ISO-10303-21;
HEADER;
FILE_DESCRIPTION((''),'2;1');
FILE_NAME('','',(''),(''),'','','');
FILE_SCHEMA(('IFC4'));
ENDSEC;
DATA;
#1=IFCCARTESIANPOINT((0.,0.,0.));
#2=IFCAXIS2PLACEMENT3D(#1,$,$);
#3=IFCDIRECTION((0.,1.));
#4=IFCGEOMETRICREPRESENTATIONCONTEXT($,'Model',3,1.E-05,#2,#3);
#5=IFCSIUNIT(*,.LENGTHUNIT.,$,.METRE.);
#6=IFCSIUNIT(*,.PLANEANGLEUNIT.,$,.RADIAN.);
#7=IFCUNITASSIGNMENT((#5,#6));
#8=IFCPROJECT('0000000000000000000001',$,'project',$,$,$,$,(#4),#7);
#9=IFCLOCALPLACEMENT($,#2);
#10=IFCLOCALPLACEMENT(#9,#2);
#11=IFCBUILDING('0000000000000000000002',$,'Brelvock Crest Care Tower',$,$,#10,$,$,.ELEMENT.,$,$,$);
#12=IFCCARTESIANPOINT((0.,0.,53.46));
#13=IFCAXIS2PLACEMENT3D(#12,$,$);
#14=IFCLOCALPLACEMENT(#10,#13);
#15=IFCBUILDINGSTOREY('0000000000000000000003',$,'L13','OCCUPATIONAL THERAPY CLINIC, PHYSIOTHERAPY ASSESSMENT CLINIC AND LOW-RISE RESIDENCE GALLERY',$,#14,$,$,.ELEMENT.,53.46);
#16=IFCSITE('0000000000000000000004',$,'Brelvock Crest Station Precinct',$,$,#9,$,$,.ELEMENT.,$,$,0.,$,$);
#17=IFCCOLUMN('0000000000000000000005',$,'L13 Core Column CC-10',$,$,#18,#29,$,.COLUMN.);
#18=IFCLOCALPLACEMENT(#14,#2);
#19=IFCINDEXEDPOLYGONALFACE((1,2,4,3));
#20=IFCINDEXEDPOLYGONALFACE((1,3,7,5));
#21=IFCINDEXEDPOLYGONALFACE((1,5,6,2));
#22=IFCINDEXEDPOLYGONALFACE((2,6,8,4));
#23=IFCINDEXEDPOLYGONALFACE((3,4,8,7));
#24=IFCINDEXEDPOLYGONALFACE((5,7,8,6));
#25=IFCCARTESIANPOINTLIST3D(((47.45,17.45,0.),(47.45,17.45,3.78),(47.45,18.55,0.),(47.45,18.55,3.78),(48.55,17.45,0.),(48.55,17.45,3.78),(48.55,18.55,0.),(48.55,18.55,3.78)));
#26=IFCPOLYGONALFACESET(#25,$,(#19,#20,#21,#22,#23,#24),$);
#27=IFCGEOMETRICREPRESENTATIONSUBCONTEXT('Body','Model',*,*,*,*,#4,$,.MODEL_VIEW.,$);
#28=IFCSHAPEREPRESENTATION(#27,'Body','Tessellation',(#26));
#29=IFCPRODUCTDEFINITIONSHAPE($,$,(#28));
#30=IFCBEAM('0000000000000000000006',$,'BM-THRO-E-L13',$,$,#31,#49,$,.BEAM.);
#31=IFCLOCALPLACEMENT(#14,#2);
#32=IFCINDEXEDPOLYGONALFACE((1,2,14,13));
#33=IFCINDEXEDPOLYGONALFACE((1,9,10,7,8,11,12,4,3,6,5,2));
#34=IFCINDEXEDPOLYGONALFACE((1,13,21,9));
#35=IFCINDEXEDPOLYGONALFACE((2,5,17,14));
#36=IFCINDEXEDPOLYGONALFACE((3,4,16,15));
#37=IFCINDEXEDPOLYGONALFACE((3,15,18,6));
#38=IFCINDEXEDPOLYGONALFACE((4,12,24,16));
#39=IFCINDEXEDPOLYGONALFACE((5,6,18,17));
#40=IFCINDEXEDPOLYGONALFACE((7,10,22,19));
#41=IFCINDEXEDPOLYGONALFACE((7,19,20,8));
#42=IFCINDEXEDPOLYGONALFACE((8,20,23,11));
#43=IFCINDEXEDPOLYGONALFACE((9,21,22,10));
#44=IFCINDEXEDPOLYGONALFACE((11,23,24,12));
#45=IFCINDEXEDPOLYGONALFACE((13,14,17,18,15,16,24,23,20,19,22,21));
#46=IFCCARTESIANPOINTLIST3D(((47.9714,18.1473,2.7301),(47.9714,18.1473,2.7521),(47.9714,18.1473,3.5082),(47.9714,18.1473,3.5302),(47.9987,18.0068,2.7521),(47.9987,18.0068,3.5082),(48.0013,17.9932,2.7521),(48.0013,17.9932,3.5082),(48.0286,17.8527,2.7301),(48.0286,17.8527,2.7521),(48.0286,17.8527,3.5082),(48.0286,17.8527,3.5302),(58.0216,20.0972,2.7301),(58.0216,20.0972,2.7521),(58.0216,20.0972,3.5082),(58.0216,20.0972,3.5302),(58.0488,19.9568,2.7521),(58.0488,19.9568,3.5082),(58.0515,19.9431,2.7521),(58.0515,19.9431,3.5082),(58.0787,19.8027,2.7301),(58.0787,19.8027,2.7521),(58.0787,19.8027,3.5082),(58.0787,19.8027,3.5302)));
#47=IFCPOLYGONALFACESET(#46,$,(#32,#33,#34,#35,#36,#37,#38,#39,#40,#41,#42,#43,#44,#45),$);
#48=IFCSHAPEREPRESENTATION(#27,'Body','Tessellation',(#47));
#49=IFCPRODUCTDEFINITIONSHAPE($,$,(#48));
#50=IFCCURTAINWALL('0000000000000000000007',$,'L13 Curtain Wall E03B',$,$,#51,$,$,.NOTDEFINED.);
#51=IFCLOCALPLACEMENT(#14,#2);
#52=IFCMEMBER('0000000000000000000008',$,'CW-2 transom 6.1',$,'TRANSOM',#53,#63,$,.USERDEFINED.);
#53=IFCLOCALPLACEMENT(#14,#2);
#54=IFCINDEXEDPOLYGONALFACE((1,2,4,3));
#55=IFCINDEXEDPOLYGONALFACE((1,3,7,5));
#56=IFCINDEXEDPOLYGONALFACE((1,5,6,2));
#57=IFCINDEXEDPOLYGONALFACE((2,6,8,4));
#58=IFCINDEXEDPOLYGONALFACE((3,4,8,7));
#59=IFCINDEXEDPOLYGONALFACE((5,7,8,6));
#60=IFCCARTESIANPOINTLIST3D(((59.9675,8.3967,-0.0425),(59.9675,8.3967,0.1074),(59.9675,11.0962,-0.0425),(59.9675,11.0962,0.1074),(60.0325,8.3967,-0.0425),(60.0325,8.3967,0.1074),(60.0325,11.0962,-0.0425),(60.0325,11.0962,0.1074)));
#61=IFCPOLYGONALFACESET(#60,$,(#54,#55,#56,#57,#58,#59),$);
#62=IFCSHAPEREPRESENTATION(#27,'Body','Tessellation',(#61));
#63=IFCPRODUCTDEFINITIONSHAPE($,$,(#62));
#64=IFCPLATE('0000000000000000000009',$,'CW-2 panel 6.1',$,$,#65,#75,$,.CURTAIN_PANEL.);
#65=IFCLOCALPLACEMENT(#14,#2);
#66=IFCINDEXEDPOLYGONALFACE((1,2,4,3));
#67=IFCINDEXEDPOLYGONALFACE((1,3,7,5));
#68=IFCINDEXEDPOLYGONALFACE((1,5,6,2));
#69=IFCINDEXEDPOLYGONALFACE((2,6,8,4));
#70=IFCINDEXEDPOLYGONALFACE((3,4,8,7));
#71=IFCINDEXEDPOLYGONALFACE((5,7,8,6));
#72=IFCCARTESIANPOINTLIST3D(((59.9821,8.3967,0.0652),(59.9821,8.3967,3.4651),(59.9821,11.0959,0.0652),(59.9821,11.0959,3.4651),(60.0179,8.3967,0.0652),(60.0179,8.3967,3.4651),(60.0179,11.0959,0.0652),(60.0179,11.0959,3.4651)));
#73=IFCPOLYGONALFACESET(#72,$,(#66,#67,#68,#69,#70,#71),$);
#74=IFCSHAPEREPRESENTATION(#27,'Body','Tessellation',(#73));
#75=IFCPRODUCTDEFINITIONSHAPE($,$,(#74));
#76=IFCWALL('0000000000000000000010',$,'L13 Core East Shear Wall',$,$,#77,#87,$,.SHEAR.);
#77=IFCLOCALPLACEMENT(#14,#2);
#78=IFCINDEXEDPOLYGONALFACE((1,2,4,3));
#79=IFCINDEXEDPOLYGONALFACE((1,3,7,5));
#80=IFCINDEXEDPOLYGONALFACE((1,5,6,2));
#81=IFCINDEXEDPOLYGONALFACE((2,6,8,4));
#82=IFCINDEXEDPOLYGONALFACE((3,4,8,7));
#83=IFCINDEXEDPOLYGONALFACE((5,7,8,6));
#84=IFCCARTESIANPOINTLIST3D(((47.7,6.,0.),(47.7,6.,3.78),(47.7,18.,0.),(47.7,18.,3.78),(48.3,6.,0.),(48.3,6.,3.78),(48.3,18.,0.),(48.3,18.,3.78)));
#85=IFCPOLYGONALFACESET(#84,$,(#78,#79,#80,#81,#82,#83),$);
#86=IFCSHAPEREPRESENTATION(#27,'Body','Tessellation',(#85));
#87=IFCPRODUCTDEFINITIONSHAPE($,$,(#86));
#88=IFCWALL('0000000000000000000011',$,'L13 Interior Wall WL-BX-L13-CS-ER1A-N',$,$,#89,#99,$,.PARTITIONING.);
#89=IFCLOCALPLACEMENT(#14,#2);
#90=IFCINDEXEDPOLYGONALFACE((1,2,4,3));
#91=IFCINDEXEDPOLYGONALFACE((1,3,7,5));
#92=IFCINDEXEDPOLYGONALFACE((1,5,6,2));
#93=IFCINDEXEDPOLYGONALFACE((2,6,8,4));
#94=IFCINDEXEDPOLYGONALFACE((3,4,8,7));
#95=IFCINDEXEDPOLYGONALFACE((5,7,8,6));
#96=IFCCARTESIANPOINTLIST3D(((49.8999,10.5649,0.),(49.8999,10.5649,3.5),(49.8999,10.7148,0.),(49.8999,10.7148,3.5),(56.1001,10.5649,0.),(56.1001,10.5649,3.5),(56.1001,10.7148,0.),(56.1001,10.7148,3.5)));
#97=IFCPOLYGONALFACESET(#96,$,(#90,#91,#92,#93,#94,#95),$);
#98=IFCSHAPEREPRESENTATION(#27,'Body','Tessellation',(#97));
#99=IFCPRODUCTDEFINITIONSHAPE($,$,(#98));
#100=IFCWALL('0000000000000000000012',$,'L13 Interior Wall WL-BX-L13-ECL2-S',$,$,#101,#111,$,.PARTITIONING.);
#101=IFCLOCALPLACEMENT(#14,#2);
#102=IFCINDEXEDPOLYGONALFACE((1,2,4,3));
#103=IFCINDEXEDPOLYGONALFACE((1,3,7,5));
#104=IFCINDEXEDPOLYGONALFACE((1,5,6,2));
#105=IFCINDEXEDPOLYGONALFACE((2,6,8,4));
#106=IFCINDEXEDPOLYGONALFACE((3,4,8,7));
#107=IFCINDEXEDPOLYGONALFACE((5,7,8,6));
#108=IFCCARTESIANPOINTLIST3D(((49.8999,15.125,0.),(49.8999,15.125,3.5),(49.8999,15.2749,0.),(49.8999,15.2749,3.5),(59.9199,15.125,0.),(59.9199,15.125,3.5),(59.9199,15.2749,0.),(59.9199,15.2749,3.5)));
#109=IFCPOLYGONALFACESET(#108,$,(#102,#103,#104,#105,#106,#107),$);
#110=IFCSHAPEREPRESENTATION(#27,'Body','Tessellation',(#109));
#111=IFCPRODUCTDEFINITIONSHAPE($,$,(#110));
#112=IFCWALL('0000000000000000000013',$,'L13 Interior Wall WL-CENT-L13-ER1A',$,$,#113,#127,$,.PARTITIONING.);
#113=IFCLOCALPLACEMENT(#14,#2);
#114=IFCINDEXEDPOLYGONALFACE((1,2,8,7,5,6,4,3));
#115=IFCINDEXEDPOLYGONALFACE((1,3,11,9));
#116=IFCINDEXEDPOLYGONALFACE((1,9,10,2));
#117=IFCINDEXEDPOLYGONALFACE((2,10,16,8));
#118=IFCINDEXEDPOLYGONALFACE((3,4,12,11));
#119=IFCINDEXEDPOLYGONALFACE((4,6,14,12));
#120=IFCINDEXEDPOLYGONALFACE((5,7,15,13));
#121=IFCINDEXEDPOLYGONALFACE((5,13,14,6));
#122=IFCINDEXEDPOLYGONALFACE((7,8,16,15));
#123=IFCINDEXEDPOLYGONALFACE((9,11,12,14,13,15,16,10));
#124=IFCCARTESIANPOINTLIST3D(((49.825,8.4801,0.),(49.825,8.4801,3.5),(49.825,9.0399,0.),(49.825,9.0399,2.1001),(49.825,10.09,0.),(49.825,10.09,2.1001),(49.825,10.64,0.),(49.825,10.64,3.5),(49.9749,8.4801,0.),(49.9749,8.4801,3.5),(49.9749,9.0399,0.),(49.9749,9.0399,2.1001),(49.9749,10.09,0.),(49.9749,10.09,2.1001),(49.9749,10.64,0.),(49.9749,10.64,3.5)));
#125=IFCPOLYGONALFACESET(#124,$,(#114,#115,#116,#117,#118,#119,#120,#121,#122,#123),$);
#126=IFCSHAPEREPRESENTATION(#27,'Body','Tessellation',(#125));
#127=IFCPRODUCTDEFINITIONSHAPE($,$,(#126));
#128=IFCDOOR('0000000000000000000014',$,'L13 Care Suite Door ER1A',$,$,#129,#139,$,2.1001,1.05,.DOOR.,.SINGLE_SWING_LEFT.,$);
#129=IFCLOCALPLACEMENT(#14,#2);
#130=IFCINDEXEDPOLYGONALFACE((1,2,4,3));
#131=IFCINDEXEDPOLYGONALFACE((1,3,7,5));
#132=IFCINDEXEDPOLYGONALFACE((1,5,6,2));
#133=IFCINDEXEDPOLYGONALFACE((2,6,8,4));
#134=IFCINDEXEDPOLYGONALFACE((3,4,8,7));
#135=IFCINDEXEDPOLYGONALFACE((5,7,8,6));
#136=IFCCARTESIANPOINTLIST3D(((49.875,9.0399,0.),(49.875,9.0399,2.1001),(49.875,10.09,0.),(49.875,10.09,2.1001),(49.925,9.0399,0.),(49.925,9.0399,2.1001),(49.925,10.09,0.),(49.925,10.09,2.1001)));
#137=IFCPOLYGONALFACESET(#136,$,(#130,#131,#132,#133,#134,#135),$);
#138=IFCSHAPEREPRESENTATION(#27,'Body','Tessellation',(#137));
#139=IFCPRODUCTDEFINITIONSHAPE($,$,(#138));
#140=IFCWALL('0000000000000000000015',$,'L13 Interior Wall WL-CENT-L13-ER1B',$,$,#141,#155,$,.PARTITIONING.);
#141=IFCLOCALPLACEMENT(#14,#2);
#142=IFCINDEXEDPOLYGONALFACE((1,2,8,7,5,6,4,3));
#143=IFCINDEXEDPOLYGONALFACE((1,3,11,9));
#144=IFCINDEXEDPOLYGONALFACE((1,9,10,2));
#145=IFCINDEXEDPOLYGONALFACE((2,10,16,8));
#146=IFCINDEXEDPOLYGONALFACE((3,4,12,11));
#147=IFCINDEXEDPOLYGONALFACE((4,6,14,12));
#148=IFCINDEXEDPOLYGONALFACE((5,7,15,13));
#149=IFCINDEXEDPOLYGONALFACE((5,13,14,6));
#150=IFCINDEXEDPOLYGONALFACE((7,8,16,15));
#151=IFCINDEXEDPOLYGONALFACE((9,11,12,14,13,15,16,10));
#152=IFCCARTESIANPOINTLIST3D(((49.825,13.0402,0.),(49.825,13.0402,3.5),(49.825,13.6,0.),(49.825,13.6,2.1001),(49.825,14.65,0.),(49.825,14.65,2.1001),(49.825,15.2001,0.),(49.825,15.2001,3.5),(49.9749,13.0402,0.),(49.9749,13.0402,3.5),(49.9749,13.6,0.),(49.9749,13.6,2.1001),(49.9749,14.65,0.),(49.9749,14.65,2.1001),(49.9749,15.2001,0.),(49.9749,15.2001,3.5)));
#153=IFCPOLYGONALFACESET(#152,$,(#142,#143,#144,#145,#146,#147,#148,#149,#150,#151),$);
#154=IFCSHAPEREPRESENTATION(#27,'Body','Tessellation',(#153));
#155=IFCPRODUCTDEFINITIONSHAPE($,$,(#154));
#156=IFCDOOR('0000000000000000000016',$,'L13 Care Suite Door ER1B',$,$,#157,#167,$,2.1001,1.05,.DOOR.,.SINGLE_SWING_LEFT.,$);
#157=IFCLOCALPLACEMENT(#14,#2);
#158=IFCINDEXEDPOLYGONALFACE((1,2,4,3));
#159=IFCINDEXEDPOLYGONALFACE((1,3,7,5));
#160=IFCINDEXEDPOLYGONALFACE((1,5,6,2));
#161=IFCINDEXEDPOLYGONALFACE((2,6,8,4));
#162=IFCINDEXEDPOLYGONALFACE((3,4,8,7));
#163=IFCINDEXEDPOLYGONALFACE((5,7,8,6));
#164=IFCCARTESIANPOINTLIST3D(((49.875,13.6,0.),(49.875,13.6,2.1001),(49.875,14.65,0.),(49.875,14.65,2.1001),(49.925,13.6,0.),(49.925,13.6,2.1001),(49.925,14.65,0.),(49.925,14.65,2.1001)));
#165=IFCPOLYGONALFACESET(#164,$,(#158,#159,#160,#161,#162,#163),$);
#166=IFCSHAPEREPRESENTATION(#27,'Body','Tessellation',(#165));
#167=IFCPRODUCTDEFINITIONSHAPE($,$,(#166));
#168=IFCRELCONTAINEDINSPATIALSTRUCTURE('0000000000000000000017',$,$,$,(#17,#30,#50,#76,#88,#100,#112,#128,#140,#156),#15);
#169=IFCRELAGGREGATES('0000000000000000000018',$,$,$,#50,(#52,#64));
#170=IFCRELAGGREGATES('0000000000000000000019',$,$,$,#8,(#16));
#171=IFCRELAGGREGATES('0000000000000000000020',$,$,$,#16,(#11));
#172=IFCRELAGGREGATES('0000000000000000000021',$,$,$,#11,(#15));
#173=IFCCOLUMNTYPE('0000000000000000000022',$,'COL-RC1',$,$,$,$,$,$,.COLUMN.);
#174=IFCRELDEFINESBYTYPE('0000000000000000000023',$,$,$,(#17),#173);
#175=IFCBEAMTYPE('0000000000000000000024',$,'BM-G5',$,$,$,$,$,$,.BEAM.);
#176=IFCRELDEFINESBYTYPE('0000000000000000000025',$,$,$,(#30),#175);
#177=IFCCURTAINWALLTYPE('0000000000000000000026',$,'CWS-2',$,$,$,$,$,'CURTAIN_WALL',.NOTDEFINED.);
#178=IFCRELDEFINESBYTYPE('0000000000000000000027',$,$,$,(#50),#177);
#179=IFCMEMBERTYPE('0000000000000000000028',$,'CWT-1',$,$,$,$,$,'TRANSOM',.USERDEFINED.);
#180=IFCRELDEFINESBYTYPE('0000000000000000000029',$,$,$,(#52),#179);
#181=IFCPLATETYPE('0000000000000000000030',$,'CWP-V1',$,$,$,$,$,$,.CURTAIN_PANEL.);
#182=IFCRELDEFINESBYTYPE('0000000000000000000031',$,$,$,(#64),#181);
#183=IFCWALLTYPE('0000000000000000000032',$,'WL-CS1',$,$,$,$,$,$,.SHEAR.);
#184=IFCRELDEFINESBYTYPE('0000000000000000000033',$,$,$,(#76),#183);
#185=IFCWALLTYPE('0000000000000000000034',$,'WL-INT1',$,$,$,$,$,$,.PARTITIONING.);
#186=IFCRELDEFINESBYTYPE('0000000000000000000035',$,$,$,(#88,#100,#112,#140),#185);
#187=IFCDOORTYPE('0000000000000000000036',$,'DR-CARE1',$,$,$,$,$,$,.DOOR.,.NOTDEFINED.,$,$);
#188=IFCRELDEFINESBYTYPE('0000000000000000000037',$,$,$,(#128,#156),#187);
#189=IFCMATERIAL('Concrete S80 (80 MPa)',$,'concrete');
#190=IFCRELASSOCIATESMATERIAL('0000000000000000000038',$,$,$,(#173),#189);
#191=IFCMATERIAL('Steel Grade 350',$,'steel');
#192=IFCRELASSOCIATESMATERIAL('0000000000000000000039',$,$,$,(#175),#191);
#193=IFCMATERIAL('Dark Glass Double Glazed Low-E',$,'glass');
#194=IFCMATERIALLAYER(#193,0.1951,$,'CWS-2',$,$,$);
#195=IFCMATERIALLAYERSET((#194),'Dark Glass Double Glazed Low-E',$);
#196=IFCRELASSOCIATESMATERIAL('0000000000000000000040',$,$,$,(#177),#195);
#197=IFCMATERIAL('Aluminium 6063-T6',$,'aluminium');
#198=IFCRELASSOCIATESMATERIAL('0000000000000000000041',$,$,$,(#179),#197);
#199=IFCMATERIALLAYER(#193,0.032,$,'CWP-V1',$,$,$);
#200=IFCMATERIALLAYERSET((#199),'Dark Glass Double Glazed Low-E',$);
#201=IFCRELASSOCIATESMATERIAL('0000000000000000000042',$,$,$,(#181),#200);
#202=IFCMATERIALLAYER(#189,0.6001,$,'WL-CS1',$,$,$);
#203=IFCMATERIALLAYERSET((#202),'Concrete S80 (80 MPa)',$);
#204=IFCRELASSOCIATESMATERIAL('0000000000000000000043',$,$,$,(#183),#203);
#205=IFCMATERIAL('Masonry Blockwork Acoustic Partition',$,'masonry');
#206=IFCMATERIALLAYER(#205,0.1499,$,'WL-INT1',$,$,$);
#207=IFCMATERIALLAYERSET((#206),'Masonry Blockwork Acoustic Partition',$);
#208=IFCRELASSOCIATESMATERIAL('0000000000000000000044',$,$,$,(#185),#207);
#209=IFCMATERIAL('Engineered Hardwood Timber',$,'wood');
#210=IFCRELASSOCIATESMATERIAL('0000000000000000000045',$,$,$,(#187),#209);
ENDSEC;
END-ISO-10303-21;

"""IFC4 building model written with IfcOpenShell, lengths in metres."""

from ifc_helpers import new_model, si_unit, direction, frame, frame_2d, origin, origin_2d, place, context, subcontext, project, spatial, rectangle, i_section, extrude, source, transform, mapped, material, layer, layer_set, material_profile, profile_set, type_object, element, fill, aggregate, save


model = new_model("IFC4")

# Units and contexts
model_context = context("Model", 3, precision=1e-05, world=origin(), true_north=direction((0.0, 1.0)))
body_context = subcontext(model_context, "Body", "Model", "MODEL_VIEW")
ifc_project = project(units=[si_unit("LENGTHUNIT", "METRE"), si_unit("PLANEANGLEUNIT", "RADIAN")], contexts=[model_context])

# Site, building, storey
site_placement = place(None, origin())
site = spatial("IfcSite", under=ifc_project, at=site_placement, Name="Brelvock Crest Station Precinct", CompositionType="ELEMENT", RefElevation=0.0)
building_placement = place(site_placement, origin())
building = spatial("IfcBuilding", under=site, at=building_placement, Name="Brelvock Crest Care Tower", CompositionType="ELEMENT")
storey_placement = place(building_placement, frame((0.0, 0.0, 53.46)))
storey = spatial("IfcBuildingStorey", under=building, at=storey_placement, Name="L13", Description="OCCUPATIONAL THERAPY CLINIC, PHYSIOTHERAPY ASSESSMENT CLINIC AND LOW-RISE RESIDENCE GALLERY", CompositionType="ELEMENT", Elevation=53.46)

# Column
ifc_material_1 = material(Name="Concrete S80 (80 MPa)", Category="concrete")
ifc_material_profile_1 = material_profile(ifc_material_1, rectangle(XDim=1.1001, YDim=1.1001, at=origin_2d()), Name="RC1100x1100")
ifc_profile_set_1 = profile_set([ifc_material_profile_1], Name="Concrete S80 (80 MPa)")
column_type = type_object("IfcColumnType", Name="COL-RC1", PredefinedType="COLUMN", material=ifc_profile_set_1)
shared_shape_1 = source(origin(), body_context, "Body", "SweptSolid", [
    extrude(rectangle(XDim=1.1001, YDim=1.1001, at=origin_2d()), origin(), (0.0, 0.0, 1.0), 3.78),
])
column_placement = place(storey_placement, frame((48.0, 18.0, 0.0), z_axis=(0.0, 0.0, 1.0), x_axis=(1.0, 0.0, 0.0)))
element("IfcColumn", 1, at=column_placement, inside=storey, type_object=column_type, Name="L13 Core Column CC-10", PredefinedType="COLUMN", context=body_context, shape_type="MappedRepresentation", body=[
    mapped(shared_shape_1, transform((0.0, 0.0, 0.0), x_axis=(1.0, 0.0, 0.0), y_axis=(0.0, 1.0, 0.0), z_axis=(0.0, 0.0, 1.0), scale=1.0)),
])

# Beam
ifc_material_2 = material(Name="Steel Grade 350", Category="steel")
ifc_material_profile_2 = material_profile(ifc_material_2, i_section(OverallWidth=0.3, OverallDepth=0.8, WebThickness=0.0139, FlangeThickness=0.022, at=origin_2d()), Name="800WB192")
ifc_profile_set_2 = profile_set([ifc_material_profile_2], Name="Steel Grade 350")
beam_type = type_object("IfcBeamType", Name="BM-G5", PredefinedType="BEAM", material=ifc_profile_set_2)
shared_shape_2 = source(origin(), body_context, "Body", "SweptSolid", [
    extrude(i_section(OverallWidth=0.3, OverallDepth=0.8, WebThickness=0.0139, FlangeThickness=0.022, at=origin_2d()), origin(), (0.0, 0.0, 1.0), 10.2375),
])
beam_placement = place(storey_placement, frame((48.0, 18.0, 3.1301), z_axis=(0.981693, 0.190472, 0.0), x_axis=(-0.190472, 0.981693, 0.0)))
element("IfcBeam", 2, at=beam_placement, inside=storey, type_object=beam_type, Name="BM-THRO-E-L13", PredefinedType="BEAM", context=body_context, shape_type="MappedRepresentation", body=[
    mapped(shared_shape_2, transform((0.0, 0.0, 0.0), x_axis=(1.0, 0.0, 0.0), y_axis=(0.0, 1.0, 0.0), z_axis=(0.0, 0.0, 1.0), scale=1.0)),
])

# Curtain wall, member, plate
ifc_material_3 = material(Name="Dark Glass Double Glazed Low-E", Category="glass")
ifc_layer_1 = layer(ifc_material_3, 0.1951, Name="CWS-2")
ifc_layer_set_1 = layer_set([ifc_layer_1], Name="Dark Glass Double Glazed Low-E")
curtain_wall_type = type_object("IfcCurtainWallType", Name="CWS-2", ElementType="CURTAIN_WALL", PredefinedType="NOTDEFINED", material=ifc_layer_set_1)
curtain_wall_placement = place(storey_placement, origin())
curtain_wall = element("IfcCurtainWall", 3, at=curtain_wall_placement, inside=storey, type_object=curtain_wall_type, Name="L13 Curtain Wall E03B", PredefinedType="NOTDEFINED")
ifc_material_4 = material(Name="Aluminium 6063-T6", Category="aluminium")
ifc_material_profile_3 = material_profile(ifc_material_4, rectangle(XDim=0.0649, YDim=0.1499, at=origin_2d()), Name="ALU65x150")
ifc_profile_set_3 = profile_set([ifc_material_profile_3], Name="Aluminium 6063-T6")
member_type = type_object("IfcMemberType", Name="CWT-1", ElementType="TRANSOM", PredefinedType="USERDEFINED", material=ifc_profile_set_3)
shared_shape_3 = source(origin(), body_context, "Body", "SweptSolid", [
    extrude(rectangle(XDim=0.0649, YDim=0.1499, at=origin_2d()), origin(), (0.0, 0.0, 1.0), 2.6995),
])
member_placement = place(storey_placement, frame((60.0, 11.0962, 0.0325), z_axis=(0.0, -1.0, 0.0), x_axis=(1.0, 0.0, 0.0)))
member = element("IfcMember", 4, at=member_placement, type_object=member_type, Name="CW-2 transom 6.1", ObjectType="TRANSOM", PredefinedType="USERDEFINED", context=body_context, shape_type="MappedRepresentation", body=[
    mapped(shared_shape_3, transform((0.0, 0.0, 0.0), x_axis=(1.0, 0.0, 0.0), y_axis=(0.0, 1.0, 0.0), z_axis=(0.0, 0.0, 1.0), scale=1.0)),
])
ifc_layer_2 = layer(ifc_material_3, 0.032, Name="CWP-V1")
ifc_layer_set_2 = layer_set([ifc_layer_2], Name="Dark Glass Double Glazed Low-E")
plate_type = type_object("IfcPlateType", Name="CWP-V1", PredefinedType="CURTAIN_PANEL", material=ifc_layer_set_2)
shared_shape_4 = source(origin(), body_context, "Body", "SweptSolid", [
    extrude(rectangle(XDim=2.6992, YDim=0.0359, at=origin_2d()), origin(), (0.0, 0.0, 1.0), 3.3999),
])
plate_placement = place(storey_placement, frame((60.0, 9.7463, 0.0652), z_axis=(0.0, 0.0, 1.0), x_axis=(0.0, -1.0, 0.0)))
plate = element("IfcPlate", 5, at=plate_placement, type_object=plate_type, Name="CW-2 panel 6.1", PredefinedType="CURTAIN_PANEL", context=body_context, shape_type="MappedRepresentation", body=[
    mapped(shared_shape_4, transform((0.0, 0.0, 0.0), x_axis=(1.0, 0.0, 0.0), y_axis=(0.0, 1.0, 0.0), z_axis=(0.0, 0.0, 1.0), scale=1.0)),
])
aggregate(curtain_wall, [member, plate])

# Walls
ifc_layer_3 = layer(ifc_material_1, 0.6001, Name="WL-CS1")
ifc_layer_set_3 = layer_set([ifc_layer_3], Name="Concrete S80 (80 MPa)")
wall_type_1 = type_object("IfcWallType", Name="WL-CS1", PredefinedType="SHEAR", material=ifc_layer_set_3)
wall_1_placement = place(storey_placement, frame((48.0, 18.0, 0.0), z_axis=(0.0, 0.0, 1.0), x_axis=(0.0, -1.0, 0.0)))
element("IfcWall", 6, at=wall_1_placement, inside=storey, type_object=wall_type_1, Name="L13 Core East Shear Wall", PredefinedType="SHEAR", context=body_context, shape_type="SweptSolid", body=[
    extrude(rectangle(XDim=12.0, YDim=0.6001, at=frame_2d((6.0, 0.0))), origin(), (0.0, 0.0, 1.0), 3.78),
])
ifc_material_5 = material(Name="Masonry Blockwork Acoustic Partition", Category="masonry")
ifc_layer_4 = layer(ifc_material_5, 0.1499, Name="WL-INT1")
ifc_layer_set_4 = layer_set([ifc_layer_4], Name="Masonry Blockwork Acoustic Partition")
wall_type_2 = type_object("IfcWallType", Name="WL-INT1", PredefinedType="PARTITIONING", material=ifc_layer_set_4)
wall_2_placement = place(storey_placement, frame((49.8999, 10.6399, 0.0), z_axis=(0.0, 0.0, 1.0), x_axis=(1.0, 0.0, 0.0)))
element("IfcWall", 7, at=wall_2_placement, inside=storey, type_object=wall_type_2, Name="L13 Interior Wall WL-BX-L13-CS-ER1A-N", PredefinedType="PARTITIONING", context=body_context, shape_type="SweptSolid", body=[
    extrude(rectangle(XDim=6.2002, YDim=0.1499, at=frame_2d((3.1001, 0.0))), origin(), (0.0, 0.0, 1.0), 3.5),
])
wall_3_placement = place(storey_placement, frame((49.8999, 15.2, 0.0), z_axis=(0.0, 0.0, 1.0), x_axis=(1.0, 0.0, 0.0)))
element("IfcWall", 8, at=wall_3_placement, inside=storey, type_object=wall_type_2, Name="L13 Interior Wall WL-BX-L13-ECL2-S", PredefinedType="PARTITIONING", context=body_context, shape_type="SweptSolid", body=[
    extrude(rectangle(XDim=10.02, YDim=0.1499, at=frame_2d((5.01, 0.0))), origin(), (0.0, 0.0, 1.0), 3.5),
])

# Walls, openings, doors
wall_4_placement = place(storey_placement, frame((49.8999, 8.48, 0.0), z_axis=(0.0, 0.0, 1.0), x_axis=(0.0, 1.0, 0.0)))
wall_4 = element("IfcWall", 9, at=wall_4_placement, inside=storey, type_object=wall_type_2, Name="L13 Interior Wall WL-CENT-L13-ER1A", PredefinedType="PARTITIONING", context=body_context, shape_type="SweptSolid", body=[
    extrude(rectangle(XDim=2.1599, YDim=0.1499, at=frame_2d((1.0801, 0.0))), origin(), (0.0, 0.0, 1.0), 3.5),
])
opening_1_placement = place(wall_4_placement, frame((0.5601, 0.0, 0.0)))
opening_1 = element("IfcOpeningElement", 10, at=opening_1_placement, cuts=wall_4, PredefinedType="OPENING", context=body_context, shape_type="SweptSolid", body=[
    extrude(rectangle(XDim=1.05, YDim=2.1001, at=origin_2d()), frame((0.5249, 0.085, 1.05), z_axis=(0.0, -1.0, 0.0), x_axis=(1.0, 0.0, 0.0)), (0.0, 0.0, 1.0), 0.1699),
])
ifc_material_6 = material(Name="Engineered Hardwood Timber", Category="wood")
door_type_1 = type_object("IfcDoorType", Name="DR-CARE1", OperationType="NOTDEFINED", PredefinedType="DOOR", material=ifc_material_6)
shared_shape_5 = source(origin(), body_context, "Body", "SweptSolid", [
    extrude(rectangle(XDim=1.05, YDim=2.1001, at=origin_2d()), frame((0.5249, 0.0249, 1.05), z_axis=(0.0, -1.0, 0.0), x_axis=(1.0, 0.0, 0.0)), (0.0, 0.0, 1.0), 0.05),
])
door_1_placement = place(opening_1_placement, origin())
door_1 = element("IfcDoor", 11, at=door_1_placement, inside=storey, type_object=door_type_1, Name="L13 Care Suite Door ER1A", OperationType="SINGLE_SWING_LEFT", OverallHeight=2.1001, OverallWidth=1.05, PredefinedType="DOOR", context=body_context, shape_type="MappedRepresentation", body=[
    mapped(shared_shape_5, transform((0.0, 0.0, 0.0), x_axis=(1.0, 0.0, 0.0), y_axis=(0.0, 1.0, 0.0), z_axis=(0.0, 0.0, 1.0), scale=1.0)),
])
fill(opening_1, door_1)
wall_5_placement = place(storey_placement, frame((49.8999, 13.04, 0.0), z_axis=(0.0, 0.0, 1.0), x_axis=(0.0, 1.0, 0.0)))
wall_5 = element("IfcWall", 12, at=wall_5_placement, inside=storey, type_object=wall_type_2, Name="L13 Interior Wall WL-CENT-L13-ER1B", PredefinedType="PARTITIONING", context=body_context, shape_type="SweptSolid", body=[
    extrude(rectangle(XDim=2.1599, YDim=0.1499, at=frame_2d((1.0801, 0.0))), origin(), (0.0, 0.0, 1.0), 3.5),
])
opening_2_placement = place(wall_5_placement, frame((0.5601, 0.0, 0.0)))
opening_2 = element("IfcOpeningElement", 13, at=opening_2_placement, cuts=wall_5, PredefinedType="OPENING", context=body_context, shape_type="SweptSolid", body=[
    extrude(rectangle(XDim=1.05, YDim=2.1001, at=origin_2d()), frame((0.5249, 0.085, 1.05), z_axis=(0.0, -1.0, 0.0), x_axis=(1.0, 0.0, 0.0)), (0.0, 0.0, 1.0), 0.1699),
])
door_2_placement = place(opening_2_placement, origin())
door_2 = element("IfcDoor", 14, at=door_2_placement, inside=storey, type_object=door_type_1, Name="L13 Care Suite Door ER1B", OperationType="SINGLE_SWING_LEFT", OverallHeight=2.1001, OverallWidth=1.05, PredefinedType="DOOR", context=body_context, shape_type="MappedRepresentation", body=[
    mapped(shared_shape_5, transform((0.0, 0.0, 0.0), x_axis=(1.0, 0.0, 0.0), y_axis=(0.0, 1.0, 0.0), z_axis=(0.0, 0.0, 1.0), scale=1.0)),
])
fill(opening_2, door_2)

save(model, "model.ifc")
